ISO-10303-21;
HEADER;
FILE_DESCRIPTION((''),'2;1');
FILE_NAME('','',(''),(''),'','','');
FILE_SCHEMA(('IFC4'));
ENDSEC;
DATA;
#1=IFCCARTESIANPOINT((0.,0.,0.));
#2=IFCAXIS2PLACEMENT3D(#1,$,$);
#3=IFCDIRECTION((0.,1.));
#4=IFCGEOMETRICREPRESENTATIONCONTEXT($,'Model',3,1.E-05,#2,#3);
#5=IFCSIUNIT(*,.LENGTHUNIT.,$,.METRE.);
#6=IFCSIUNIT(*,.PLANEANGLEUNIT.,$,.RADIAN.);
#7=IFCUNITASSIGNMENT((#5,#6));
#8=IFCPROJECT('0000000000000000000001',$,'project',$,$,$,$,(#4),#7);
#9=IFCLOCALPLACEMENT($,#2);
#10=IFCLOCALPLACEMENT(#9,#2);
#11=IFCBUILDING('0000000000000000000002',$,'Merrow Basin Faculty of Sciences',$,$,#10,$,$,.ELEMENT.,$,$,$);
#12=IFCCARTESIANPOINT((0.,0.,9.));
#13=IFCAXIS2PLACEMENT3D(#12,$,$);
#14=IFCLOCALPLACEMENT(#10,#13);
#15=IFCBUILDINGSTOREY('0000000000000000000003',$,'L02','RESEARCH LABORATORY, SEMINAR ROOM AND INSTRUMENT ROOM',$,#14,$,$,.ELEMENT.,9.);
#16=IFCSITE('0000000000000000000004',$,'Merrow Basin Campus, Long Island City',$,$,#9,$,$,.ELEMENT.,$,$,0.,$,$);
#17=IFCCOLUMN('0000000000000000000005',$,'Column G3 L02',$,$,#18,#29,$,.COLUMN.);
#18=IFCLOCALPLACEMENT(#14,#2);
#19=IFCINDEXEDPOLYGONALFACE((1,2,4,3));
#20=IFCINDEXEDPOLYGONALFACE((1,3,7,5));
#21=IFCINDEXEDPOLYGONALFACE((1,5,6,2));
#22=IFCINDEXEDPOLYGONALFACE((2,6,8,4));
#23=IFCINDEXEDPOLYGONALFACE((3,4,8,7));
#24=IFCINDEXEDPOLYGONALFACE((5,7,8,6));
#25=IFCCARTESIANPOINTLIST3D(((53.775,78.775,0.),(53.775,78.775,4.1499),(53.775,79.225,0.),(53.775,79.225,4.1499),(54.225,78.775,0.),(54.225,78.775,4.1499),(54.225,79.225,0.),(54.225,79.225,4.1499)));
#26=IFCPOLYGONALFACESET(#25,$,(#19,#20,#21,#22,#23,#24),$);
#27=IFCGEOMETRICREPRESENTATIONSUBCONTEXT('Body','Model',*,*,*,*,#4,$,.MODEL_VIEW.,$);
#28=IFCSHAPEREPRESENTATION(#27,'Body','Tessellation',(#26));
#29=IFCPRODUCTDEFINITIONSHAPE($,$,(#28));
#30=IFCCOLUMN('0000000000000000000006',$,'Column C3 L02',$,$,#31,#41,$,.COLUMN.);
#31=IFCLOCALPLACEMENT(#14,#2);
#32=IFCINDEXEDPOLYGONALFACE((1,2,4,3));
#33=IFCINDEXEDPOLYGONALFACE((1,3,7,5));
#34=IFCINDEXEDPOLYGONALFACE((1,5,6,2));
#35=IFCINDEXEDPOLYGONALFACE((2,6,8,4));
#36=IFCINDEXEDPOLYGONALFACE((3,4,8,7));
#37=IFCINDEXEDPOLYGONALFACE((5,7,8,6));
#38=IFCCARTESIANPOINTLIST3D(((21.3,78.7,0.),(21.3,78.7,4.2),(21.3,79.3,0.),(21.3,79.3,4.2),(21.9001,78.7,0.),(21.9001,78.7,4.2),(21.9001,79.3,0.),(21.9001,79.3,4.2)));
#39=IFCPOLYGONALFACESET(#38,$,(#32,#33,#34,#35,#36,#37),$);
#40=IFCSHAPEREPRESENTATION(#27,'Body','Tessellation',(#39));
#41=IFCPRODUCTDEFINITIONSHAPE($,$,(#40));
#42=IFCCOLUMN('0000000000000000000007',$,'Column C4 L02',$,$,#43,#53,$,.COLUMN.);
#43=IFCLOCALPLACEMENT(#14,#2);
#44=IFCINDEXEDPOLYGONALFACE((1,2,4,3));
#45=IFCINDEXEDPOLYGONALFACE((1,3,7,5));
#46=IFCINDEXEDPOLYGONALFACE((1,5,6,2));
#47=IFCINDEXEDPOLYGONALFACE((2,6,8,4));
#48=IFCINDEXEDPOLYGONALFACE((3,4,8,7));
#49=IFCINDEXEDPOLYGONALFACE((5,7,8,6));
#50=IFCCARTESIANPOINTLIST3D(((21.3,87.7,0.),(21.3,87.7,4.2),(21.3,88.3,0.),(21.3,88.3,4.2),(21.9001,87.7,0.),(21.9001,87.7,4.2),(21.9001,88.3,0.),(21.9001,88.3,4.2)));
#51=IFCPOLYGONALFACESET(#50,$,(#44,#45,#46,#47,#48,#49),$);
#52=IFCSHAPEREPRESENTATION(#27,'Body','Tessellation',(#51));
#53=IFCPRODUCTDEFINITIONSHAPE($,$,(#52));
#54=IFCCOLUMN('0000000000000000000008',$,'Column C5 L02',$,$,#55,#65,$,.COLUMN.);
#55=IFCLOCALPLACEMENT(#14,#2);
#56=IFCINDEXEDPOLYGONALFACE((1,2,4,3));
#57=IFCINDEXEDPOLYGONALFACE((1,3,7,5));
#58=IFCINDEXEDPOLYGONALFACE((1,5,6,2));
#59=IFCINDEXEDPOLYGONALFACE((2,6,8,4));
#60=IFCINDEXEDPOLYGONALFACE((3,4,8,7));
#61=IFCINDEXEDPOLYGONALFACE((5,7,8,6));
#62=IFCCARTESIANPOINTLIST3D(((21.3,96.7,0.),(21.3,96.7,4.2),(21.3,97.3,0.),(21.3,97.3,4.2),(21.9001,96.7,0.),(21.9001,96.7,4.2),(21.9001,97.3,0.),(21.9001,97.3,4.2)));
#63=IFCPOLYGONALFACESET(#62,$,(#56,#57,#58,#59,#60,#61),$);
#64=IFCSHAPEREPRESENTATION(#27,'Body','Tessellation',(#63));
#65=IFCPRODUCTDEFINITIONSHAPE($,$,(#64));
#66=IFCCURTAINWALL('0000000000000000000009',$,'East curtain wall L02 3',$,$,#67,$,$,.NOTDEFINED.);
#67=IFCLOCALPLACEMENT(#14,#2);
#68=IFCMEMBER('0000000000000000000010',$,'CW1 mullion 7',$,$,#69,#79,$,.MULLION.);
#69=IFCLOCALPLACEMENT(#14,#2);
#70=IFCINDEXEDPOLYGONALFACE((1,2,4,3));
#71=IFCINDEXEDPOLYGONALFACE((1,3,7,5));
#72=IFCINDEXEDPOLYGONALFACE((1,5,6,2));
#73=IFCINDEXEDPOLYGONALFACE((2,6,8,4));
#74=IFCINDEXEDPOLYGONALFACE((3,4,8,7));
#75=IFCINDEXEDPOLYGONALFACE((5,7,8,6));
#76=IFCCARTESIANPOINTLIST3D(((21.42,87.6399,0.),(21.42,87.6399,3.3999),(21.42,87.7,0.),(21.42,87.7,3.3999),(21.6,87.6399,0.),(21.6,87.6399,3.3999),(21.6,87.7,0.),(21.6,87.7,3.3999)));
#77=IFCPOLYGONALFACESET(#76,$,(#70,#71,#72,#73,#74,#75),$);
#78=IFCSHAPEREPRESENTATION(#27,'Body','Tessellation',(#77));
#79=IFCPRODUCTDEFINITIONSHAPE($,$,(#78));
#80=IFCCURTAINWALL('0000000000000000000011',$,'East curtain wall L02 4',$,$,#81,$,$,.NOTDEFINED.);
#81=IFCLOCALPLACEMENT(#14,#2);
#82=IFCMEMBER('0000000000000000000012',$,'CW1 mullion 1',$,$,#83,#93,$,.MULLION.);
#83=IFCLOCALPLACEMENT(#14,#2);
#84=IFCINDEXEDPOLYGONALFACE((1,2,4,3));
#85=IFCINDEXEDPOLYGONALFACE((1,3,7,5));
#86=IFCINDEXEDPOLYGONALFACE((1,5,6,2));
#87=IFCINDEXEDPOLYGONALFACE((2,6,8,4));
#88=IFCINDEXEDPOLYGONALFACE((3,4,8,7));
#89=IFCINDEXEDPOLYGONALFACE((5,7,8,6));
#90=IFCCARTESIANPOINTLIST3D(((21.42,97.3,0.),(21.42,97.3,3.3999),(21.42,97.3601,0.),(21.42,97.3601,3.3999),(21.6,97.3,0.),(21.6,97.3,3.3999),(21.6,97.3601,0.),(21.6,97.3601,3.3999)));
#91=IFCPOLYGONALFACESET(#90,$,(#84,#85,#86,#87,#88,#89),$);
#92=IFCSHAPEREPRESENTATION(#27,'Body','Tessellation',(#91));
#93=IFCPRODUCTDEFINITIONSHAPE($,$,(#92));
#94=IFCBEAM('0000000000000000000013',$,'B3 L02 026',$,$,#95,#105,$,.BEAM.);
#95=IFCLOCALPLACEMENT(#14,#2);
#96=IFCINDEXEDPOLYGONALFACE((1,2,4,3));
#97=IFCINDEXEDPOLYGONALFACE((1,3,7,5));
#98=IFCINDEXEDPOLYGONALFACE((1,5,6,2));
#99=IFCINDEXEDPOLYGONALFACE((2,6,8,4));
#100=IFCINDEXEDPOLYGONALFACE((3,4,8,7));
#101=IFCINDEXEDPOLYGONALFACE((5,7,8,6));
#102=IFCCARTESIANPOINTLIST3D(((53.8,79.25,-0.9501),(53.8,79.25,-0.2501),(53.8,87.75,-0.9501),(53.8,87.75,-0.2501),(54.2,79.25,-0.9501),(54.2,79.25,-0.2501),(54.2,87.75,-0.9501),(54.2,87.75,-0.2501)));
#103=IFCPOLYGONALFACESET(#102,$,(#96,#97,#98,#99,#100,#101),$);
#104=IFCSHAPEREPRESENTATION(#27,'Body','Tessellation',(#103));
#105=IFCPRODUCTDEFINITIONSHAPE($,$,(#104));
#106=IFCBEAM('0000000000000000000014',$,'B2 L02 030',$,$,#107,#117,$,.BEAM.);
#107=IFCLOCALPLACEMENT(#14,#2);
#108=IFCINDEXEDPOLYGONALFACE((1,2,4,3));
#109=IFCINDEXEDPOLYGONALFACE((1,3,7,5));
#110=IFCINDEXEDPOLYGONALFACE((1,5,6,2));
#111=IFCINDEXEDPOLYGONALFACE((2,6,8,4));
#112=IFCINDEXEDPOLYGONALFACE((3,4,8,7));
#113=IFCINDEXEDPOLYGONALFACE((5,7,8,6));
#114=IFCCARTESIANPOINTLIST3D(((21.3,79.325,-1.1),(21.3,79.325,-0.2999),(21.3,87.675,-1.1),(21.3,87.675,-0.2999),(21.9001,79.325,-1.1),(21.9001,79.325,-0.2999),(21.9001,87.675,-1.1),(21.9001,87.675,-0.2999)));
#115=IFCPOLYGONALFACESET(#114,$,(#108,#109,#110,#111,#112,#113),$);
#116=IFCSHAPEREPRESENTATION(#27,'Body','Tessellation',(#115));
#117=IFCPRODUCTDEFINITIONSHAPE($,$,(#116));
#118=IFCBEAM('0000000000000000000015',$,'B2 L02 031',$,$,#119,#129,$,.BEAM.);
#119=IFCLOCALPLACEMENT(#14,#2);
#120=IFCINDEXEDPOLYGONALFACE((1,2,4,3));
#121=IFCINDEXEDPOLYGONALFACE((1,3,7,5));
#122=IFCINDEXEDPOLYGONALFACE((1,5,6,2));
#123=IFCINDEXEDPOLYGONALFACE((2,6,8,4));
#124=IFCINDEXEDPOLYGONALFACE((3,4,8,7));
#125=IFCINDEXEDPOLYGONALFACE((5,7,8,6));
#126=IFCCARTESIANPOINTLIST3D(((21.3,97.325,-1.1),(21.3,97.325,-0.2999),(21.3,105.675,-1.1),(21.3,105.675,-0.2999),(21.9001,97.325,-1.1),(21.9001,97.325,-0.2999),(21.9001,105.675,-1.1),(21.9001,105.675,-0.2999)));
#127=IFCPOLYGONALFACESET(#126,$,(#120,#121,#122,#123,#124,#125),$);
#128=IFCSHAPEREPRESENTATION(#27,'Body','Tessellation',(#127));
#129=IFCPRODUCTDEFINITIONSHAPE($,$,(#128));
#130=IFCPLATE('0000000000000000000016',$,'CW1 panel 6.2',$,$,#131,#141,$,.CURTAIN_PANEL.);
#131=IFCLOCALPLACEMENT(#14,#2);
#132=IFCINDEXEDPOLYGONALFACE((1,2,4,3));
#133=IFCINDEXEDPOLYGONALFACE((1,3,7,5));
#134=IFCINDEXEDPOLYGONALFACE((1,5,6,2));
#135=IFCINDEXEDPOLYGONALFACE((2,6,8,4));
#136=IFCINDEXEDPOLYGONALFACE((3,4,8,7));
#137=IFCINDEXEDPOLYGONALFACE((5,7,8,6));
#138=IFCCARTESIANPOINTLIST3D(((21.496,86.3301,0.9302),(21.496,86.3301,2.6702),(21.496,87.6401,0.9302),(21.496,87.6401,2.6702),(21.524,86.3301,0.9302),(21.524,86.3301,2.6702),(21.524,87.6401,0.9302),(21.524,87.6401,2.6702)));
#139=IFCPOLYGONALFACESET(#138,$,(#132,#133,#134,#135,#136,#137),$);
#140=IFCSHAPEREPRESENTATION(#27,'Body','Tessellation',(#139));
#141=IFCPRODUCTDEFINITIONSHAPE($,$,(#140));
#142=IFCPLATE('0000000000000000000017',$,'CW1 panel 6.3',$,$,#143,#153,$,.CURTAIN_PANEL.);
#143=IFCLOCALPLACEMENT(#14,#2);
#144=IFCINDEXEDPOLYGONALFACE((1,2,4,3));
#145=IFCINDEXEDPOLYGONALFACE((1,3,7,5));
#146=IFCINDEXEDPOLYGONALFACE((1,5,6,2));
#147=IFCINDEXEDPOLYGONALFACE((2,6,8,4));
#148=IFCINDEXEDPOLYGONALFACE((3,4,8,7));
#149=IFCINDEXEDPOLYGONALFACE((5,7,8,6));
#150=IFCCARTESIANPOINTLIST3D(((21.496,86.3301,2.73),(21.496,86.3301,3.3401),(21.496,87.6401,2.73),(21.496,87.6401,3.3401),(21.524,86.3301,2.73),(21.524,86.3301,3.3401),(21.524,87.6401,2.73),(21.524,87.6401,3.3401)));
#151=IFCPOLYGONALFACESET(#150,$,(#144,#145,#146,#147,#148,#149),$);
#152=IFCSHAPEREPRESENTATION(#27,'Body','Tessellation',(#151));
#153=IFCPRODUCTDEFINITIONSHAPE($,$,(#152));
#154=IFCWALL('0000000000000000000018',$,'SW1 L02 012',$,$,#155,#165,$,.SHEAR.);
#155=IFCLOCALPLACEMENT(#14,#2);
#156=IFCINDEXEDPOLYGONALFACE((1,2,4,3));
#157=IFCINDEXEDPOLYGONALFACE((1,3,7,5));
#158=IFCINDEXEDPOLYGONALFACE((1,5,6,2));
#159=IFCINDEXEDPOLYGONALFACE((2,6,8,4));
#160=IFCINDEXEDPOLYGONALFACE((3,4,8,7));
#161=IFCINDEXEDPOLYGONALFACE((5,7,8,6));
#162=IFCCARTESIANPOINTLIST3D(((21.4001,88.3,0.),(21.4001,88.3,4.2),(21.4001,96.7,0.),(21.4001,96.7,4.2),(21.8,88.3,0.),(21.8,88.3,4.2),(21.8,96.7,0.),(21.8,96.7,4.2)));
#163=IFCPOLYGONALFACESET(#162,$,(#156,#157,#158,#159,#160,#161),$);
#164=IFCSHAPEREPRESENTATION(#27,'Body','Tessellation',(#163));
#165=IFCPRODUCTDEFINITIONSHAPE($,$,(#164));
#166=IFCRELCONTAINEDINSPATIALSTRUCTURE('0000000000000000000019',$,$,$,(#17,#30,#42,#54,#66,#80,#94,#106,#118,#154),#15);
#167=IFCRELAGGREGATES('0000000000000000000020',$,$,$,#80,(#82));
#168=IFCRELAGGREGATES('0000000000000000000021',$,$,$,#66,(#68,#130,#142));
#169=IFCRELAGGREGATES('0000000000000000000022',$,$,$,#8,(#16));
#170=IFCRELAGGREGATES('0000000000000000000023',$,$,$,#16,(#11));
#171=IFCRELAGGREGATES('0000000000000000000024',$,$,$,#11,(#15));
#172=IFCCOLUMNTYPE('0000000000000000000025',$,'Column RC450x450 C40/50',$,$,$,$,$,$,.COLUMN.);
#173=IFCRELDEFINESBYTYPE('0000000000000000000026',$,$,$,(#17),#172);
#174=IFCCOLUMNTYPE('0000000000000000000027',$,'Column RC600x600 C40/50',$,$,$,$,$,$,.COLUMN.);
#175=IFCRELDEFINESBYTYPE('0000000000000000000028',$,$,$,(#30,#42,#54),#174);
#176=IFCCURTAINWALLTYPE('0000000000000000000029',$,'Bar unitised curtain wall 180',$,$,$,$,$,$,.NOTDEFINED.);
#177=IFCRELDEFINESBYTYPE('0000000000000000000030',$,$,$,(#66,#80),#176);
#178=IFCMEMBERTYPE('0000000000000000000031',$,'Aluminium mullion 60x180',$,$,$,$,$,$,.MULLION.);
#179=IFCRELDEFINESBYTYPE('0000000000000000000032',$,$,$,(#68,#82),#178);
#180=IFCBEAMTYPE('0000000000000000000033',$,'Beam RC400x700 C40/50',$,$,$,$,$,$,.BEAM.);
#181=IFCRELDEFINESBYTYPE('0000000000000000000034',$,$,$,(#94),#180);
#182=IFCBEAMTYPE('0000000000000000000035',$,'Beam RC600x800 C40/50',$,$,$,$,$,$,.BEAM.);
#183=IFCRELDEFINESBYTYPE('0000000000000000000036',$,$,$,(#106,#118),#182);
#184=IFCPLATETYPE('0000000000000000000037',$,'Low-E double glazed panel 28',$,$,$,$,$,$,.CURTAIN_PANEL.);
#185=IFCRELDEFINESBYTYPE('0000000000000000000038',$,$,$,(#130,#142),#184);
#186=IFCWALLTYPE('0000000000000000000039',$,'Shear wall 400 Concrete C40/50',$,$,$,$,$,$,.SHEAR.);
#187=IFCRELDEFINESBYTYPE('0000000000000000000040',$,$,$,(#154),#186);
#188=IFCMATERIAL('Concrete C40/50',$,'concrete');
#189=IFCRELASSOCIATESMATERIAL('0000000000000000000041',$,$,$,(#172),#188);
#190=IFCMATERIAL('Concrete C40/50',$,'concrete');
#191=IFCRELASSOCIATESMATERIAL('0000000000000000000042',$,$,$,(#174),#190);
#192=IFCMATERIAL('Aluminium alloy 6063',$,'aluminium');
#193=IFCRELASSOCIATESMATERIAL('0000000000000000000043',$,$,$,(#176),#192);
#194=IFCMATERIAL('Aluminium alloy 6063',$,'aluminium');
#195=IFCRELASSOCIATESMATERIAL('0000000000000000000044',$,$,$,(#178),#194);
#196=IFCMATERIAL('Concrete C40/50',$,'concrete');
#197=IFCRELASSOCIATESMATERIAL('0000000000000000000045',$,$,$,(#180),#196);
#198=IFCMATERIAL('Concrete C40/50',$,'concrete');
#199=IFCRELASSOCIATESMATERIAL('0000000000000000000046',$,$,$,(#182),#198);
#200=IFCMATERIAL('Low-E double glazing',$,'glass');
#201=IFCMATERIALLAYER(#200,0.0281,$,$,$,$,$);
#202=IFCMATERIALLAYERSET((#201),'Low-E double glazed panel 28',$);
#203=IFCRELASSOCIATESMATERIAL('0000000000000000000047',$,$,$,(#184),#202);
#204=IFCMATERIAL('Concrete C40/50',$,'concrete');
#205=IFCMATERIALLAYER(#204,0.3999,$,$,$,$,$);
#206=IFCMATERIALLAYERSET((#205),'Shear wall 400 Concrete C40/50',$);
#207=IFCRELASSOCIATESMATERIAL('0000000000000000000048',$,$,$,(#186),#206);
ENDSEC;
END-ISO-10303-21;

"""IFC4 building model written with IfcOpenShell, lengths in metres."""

from ifc_helpers import new_model, si_unit, direction, frame, frame_2d, origin, origin_2d, place, context, subcontext, project, spatial, rectangle, extrude, material, layer, layer_set, material_profile, profile_set, type_object, element, aggregate, save


model = new_model("IFC4")

# Units and contexts
model_context = context("Model", 3, precision=1e-05, world=origin(), true_north=direction((0.0, 1.0)))
body_context = subcontext(model_context, "Body", "Model", "MODEL_VIEW")
ifc_project = project(units=[si_unit("LENGTHUNIT", "METRE"), si_unit("PLANEANGLEUNIT", "RADIAN")], contexts=[model_context])

# Site, building, storey
site_placement = place(None, origin())
site = spatial("IfcSite", under=ifc_project, at=site_placement, Name="Merrow Basin Campus, Long Island City", CompositionType="ELEMENT", RefElevation=0.0)
building_placement = place(site_placement, origin())
building = spatial("IfcBuilding", under=site, at=building_placement, Name="Merrow Basin Faculty of Sciences", CompositionType="ELEMENT")
storey_placement = place(building_placement, frame((0.0, 0.0, 9.0)))
storey = spatial("IfcBuildingStorey", under=building, at=storey_placement, Name="L02", Description="RESEARCH LABORATORY, SEMINAR ROOM AND INSTRUMENT ROOM", CompositionType="ELEMENT", Elevation=9.0)

# Columns
ifc_material_1 = material(Name="Concrete C40/50", Category="concrete")
ifc_material_profile_1 = material_profile(ifc_material_1, rectangle(XDim=0.45, YDim=0.45, at=origin_2d()))
ifc_profile_set_1 = profile_set([ifc_material_profile_1], Name="Concrete C40/50")
column_type_1 = type_object("IfcColumnType", Name="Column RC450x450 C40/50", PredefinedType="COLUMN", material=ifc_profile_set_1)
column_placement = place(storey_placement, frame((54.0, 79.0, 0.0), z_axis=(0.0, 0.0, 1.0), x_axis=(1.0, 0.0, 0.0)))
element("IfcColumn", 1, at=column_placement, inside=storey, type_object=column_type_1, Name="Column G3 L02", PredefinedType="COLUMN", context=body_context, shape_type="SweptSolid", body=[
    extrude(rectangle(XDim=0.45, YDim=0.45, at=origin_2d()), origin(), (0.0, 0.0, 1.0), 4.1499),
])
ifc_material_2 = material(Name="Concrete C40/50", Category="concrete")
ifc_material_profile_2 = material_profile(ifc_material_2, rectangle(XDim=0.6001, YDim=0.6001, at=origin_2d()))
ifc_profile_set_2 = profile_set([ifc_material_profile_2], Name="Concrete C40/50")
column_type_2 = type_object("IfcColumnType", Name="Column RC600x600 C40/50", PredefinedType="COLUMN", material=ifc_profile_set_2)
for number, where, z_axis, x_axis, name in (
    (2, (21.6001, 79.0, 0.0), (0.0, 0.0, 1.0), (1.0, 0.0, 0.0), "Column C3 L02"),
    (3, (21.6001, 88.0, 0.0), (0.0, 0.0, 1.0), (1.0, 0.0, 0.0), "Column C4 L02"),
    (4, (21.6001, 97.0, 0.0), (0.0, 0.0, 1.0), (1.0, 0.0, 0.0), "Column C5 L02"),
):
    element("IfcColumn", number, at=place(storey_placement, frame(where, z_axis=z_axis, x_axis=x_axis)), inside=storey, type_object=column_type_2, Name=name, PredefinedType="COLUMN", context=body_context, shape_type="SweptSolid", body=[
        extrude(rectangle(XDim=0.6001, YDim=0.6001, at=origin_2d()), origin(), (0.0, 0.0, 1.0), 4.2),
    ])

# Curtain walls, members
ifc_material_3 = material(Name="Aluminium alloy 6063", Category="aluminium")
curtain_wall_type = type_object("IfcCurtainWallType", Name="Bar unitised curtain wall 180", PredefinedType="NOTDEFINED", material=ifc_material_3)
curtain_wall_1_placement = place(storey_placement, origin())
curtain_wall_1 = element("IfcCurtainWall", 5, at=curtain_wall_1_placement, inside=storey, type_object=curtain_wall_type, Name="East curtain wall L02 3", PredefinedType="NOTDEFINED")
ifc_material_4 = material(Name="Aluminium alloy 6063", Category="aluminium")
ifc_material_profile_3 = material_profile(ifc_material_4, rectangle(XDim=0.1799, YDim=0.0601, at=origin_2d()))
ifc_profile_set_3 = profile_set([ifc_material_profile_3], Name="Aluminium alloy 6063")
member_type = type_object("IfcMemberType", Name="Aluminium mullion 60x180", PredefinedType="MULLION", material=ifc_profile_set_3)
member_1_placement = place(storey_placement, frame((21.51, 87.6699, 0.0), z_axis=(0.0, 0.0, 1.0), x_axis=(-1.0, 0.0, 0.0)))
member_1 = element("IfcMember", 6, at=member_1_placement, type_object=member_type, Name="CW1 mullion 7", PredefinedType="MULLION", context=body_context, shape_type="SweptSolid", body=[
    extrude(rectangle(XDim=0.1799, YDim=0.0601, at=origin_2d()), origin(), (0.0, 0.0, 1.0), 3.3999),
])
curtain_wall_2_placement = place(storey_placement, origin())
curtain_wall_2 = element("IfcCurtainWall", 7, at=curtain_wall_2_placement, inside=storey, type_object=curtain_wall_type, Name="East curtain wall L02 4", PredefinedType="NOTDEFINED")
member_2_placement = place(storey_placement, frame((21.51, 97.3301, 0.0), z_axis=(0.0, 0.0, 1.0), x_axis=(-1.0, 0.0, 0.0)))
member_2 = element("IfcMember", 8, at=member_2_placement, type_object=member_type, Name="CW1 mullion 1", PredefinedType="MULLION", context=body_context, shape_type="SweptSolid", body=[
    extrude(rectangle(XDim=0.1799, YDim=0.0601, at=origin_2d()), origin(), (0.0, 0.0, 1.0), 3.3999),
])
aggregate(curtain_wall_2, [member_2])

# Beams
ifc_material_5 = material(Name="Concrete C40/50", Category="concrete")
ifc_material_profile_4 = material_profile(ifc_material_5, rectangle(XDim=0.3999, YDim=0.7, at=origin_2d()))
ifc_profile_set_4 = profile_set([ifc_material_profile_4], Name="Concrete C40/50")
beam_type_1 = type_object("IfcBeamType", Name="Beam RC400x700 C40/50", PredefinedType="BEAM", material=ifc_profile_set_4)
beam_placement = place(storey_placement, frame((54.0, 79.25, -0.6001), z_axis=(0.0, 1.0, 0.0), x_axis=(-1.0, 0.0, 0.0)))
element("IfcBeam", 9, at=beam_placement, inside=storey, type_object=beam_type_1, Name="B3 L02 026", PredefinedType="BEAM", context=body_context, shape_type="SweptSolid", body=[
    extrude(rectangle(XDim=0.3999, YDim=0.7, at=origin_2d()), origin(), (0.0, 0.0, 1.0), 8.5),
])
ifc_material_6 = material(Name="Concrete C40/50", Category="concrete")
ifc_material_profile_5 = material_profile(ifc_material_6, rectangle(XDim=0.6001, YDim=0.8, at=origin_2d()))
ifc_profile_set_5 = profile_set([ifc_material_profile_5], Name="Concrete C40/50")
beam_type_2 = type_object("IfcBeamType", Name="Beam RC600x800 C40/50", PredefinedType="BEAM", material=ifc_profile_set_5)
for number, where, z_axis, x_axis, name in (
    (10, (21.6001, 79.325, -0.7), (0.0, 1.0, 0.0), (-1.0, 0.0, 0.0), "B2 L02 030"),
    (11, (21.6001, 97.325, -0.7), (0.0, 1.0, 0.0), (-1.0, 0.0, 0.0), "B2 L02 031"),
):
    element("IfcBeam", number, at=place(storey_placement, frame(where, z_axis=z_axis, x_axis=x_axis)), inside=storey, type_object=beam_type_2, Name=name, PredefinedType="BEAM", context=body_context, shape_type="SweptSolid", body=[
        extrude(rectangle(XDim=0.6001, YDim=0.8, at=origin_2d()), origin(), (0.0, 0.0, 1.0), 8.3501),
    ])

# Plates
ifc_material_7 = material(Name="Low-E double glazing", Category="glass")
ifc_layer_1 = layer(ifc_material_7, 0.0281)
ifc_layer_set_1 = layer_set([ifc_layer_1], Name="Low-E double glazed panel 28")
plate_type = type_object("IfcPlateType", Name="Low-E double glazed panel 28", PredefinedType="CURTAIN_PANEL", material=ifc_layer_set_1)
plate_1_placement = place(storey_placement, frame((21.51, 86.9851, 0.9302), z_axis=(0.0, 0.0, 1.0), x_axis=(0.0, 1.0, 0.0)))
plate_1 = element("IfcPlate", 12, at=plate_1_placement, type_object=plate_type, Name="CW1 panel 6.2", PredefinedType="CURTAIN_PANEL", context=body_context, shape_type="SweptSolid", body=[
    extrude(rectangle(XDim=1.3101, YDim=0.0281, at=origin_2d()), origin(), (0.0, 0.0, 1.0), 1.74),
])
plate_2_placement = place(storey_placement, frame((21.51, 86.9851, 2.73), z_axis=(0.0, 0.0, 1.0), x_axis=(0.0, 1.0, 0.0)))
plate_2 = element("IfcPlate", 13, at=plate_2_placement, type_object=plate_type, Name="CW1 panel 6.3", PredefinedType="CURTAIN_PANEL", context=body_context, shape_type="SweptSolid", body=[
    extrude(rectangle(XDim=1.3101, YDim=0.0281, at=origin_2d()), origin(), (0.0, 0.0, 1.0), 0.6101),
])
aggregate(curtain_wall_1, [member_1, plate_1, plate_2])

# Wall
ifc_material_8 = material(Name="Concrete C40/50", Category="concrete")
ifc_layer_2 = layer(ifc_material_8, 0.3999)
ifc_layer_set_2 = layer_set([ifc_layer_2], Name="Shear wall 400 Concrete C40/50")
wall_type = type_object("IfcWallType", Name="Shear wall 400 Concrete C40/50", PredefinedType="SHEAR", material=ifc_layer_set_2)
wall_placement = place(storey_placement, frame((21.6001, 88.3, 0.0), z_axis=(0.0, 0.0, 1.0), x_axis=(0.0, 1.0, 0.0)))
element("IfcWall", 14, at=wall_placement, inside=storey, type_object=wall_type, Name="SW1 L02 012", PredefinedType="SHEAR", context=body_context, shape_type="SweptSolid", body=[
    extrude(rectangle(XDim=8.3999, YDim=0.3999, at=frame_2d((4.2, 0.0))), origin(), (0.0, 0.0, 1.0), 4.2),
])

save(model, "model.ifc")
